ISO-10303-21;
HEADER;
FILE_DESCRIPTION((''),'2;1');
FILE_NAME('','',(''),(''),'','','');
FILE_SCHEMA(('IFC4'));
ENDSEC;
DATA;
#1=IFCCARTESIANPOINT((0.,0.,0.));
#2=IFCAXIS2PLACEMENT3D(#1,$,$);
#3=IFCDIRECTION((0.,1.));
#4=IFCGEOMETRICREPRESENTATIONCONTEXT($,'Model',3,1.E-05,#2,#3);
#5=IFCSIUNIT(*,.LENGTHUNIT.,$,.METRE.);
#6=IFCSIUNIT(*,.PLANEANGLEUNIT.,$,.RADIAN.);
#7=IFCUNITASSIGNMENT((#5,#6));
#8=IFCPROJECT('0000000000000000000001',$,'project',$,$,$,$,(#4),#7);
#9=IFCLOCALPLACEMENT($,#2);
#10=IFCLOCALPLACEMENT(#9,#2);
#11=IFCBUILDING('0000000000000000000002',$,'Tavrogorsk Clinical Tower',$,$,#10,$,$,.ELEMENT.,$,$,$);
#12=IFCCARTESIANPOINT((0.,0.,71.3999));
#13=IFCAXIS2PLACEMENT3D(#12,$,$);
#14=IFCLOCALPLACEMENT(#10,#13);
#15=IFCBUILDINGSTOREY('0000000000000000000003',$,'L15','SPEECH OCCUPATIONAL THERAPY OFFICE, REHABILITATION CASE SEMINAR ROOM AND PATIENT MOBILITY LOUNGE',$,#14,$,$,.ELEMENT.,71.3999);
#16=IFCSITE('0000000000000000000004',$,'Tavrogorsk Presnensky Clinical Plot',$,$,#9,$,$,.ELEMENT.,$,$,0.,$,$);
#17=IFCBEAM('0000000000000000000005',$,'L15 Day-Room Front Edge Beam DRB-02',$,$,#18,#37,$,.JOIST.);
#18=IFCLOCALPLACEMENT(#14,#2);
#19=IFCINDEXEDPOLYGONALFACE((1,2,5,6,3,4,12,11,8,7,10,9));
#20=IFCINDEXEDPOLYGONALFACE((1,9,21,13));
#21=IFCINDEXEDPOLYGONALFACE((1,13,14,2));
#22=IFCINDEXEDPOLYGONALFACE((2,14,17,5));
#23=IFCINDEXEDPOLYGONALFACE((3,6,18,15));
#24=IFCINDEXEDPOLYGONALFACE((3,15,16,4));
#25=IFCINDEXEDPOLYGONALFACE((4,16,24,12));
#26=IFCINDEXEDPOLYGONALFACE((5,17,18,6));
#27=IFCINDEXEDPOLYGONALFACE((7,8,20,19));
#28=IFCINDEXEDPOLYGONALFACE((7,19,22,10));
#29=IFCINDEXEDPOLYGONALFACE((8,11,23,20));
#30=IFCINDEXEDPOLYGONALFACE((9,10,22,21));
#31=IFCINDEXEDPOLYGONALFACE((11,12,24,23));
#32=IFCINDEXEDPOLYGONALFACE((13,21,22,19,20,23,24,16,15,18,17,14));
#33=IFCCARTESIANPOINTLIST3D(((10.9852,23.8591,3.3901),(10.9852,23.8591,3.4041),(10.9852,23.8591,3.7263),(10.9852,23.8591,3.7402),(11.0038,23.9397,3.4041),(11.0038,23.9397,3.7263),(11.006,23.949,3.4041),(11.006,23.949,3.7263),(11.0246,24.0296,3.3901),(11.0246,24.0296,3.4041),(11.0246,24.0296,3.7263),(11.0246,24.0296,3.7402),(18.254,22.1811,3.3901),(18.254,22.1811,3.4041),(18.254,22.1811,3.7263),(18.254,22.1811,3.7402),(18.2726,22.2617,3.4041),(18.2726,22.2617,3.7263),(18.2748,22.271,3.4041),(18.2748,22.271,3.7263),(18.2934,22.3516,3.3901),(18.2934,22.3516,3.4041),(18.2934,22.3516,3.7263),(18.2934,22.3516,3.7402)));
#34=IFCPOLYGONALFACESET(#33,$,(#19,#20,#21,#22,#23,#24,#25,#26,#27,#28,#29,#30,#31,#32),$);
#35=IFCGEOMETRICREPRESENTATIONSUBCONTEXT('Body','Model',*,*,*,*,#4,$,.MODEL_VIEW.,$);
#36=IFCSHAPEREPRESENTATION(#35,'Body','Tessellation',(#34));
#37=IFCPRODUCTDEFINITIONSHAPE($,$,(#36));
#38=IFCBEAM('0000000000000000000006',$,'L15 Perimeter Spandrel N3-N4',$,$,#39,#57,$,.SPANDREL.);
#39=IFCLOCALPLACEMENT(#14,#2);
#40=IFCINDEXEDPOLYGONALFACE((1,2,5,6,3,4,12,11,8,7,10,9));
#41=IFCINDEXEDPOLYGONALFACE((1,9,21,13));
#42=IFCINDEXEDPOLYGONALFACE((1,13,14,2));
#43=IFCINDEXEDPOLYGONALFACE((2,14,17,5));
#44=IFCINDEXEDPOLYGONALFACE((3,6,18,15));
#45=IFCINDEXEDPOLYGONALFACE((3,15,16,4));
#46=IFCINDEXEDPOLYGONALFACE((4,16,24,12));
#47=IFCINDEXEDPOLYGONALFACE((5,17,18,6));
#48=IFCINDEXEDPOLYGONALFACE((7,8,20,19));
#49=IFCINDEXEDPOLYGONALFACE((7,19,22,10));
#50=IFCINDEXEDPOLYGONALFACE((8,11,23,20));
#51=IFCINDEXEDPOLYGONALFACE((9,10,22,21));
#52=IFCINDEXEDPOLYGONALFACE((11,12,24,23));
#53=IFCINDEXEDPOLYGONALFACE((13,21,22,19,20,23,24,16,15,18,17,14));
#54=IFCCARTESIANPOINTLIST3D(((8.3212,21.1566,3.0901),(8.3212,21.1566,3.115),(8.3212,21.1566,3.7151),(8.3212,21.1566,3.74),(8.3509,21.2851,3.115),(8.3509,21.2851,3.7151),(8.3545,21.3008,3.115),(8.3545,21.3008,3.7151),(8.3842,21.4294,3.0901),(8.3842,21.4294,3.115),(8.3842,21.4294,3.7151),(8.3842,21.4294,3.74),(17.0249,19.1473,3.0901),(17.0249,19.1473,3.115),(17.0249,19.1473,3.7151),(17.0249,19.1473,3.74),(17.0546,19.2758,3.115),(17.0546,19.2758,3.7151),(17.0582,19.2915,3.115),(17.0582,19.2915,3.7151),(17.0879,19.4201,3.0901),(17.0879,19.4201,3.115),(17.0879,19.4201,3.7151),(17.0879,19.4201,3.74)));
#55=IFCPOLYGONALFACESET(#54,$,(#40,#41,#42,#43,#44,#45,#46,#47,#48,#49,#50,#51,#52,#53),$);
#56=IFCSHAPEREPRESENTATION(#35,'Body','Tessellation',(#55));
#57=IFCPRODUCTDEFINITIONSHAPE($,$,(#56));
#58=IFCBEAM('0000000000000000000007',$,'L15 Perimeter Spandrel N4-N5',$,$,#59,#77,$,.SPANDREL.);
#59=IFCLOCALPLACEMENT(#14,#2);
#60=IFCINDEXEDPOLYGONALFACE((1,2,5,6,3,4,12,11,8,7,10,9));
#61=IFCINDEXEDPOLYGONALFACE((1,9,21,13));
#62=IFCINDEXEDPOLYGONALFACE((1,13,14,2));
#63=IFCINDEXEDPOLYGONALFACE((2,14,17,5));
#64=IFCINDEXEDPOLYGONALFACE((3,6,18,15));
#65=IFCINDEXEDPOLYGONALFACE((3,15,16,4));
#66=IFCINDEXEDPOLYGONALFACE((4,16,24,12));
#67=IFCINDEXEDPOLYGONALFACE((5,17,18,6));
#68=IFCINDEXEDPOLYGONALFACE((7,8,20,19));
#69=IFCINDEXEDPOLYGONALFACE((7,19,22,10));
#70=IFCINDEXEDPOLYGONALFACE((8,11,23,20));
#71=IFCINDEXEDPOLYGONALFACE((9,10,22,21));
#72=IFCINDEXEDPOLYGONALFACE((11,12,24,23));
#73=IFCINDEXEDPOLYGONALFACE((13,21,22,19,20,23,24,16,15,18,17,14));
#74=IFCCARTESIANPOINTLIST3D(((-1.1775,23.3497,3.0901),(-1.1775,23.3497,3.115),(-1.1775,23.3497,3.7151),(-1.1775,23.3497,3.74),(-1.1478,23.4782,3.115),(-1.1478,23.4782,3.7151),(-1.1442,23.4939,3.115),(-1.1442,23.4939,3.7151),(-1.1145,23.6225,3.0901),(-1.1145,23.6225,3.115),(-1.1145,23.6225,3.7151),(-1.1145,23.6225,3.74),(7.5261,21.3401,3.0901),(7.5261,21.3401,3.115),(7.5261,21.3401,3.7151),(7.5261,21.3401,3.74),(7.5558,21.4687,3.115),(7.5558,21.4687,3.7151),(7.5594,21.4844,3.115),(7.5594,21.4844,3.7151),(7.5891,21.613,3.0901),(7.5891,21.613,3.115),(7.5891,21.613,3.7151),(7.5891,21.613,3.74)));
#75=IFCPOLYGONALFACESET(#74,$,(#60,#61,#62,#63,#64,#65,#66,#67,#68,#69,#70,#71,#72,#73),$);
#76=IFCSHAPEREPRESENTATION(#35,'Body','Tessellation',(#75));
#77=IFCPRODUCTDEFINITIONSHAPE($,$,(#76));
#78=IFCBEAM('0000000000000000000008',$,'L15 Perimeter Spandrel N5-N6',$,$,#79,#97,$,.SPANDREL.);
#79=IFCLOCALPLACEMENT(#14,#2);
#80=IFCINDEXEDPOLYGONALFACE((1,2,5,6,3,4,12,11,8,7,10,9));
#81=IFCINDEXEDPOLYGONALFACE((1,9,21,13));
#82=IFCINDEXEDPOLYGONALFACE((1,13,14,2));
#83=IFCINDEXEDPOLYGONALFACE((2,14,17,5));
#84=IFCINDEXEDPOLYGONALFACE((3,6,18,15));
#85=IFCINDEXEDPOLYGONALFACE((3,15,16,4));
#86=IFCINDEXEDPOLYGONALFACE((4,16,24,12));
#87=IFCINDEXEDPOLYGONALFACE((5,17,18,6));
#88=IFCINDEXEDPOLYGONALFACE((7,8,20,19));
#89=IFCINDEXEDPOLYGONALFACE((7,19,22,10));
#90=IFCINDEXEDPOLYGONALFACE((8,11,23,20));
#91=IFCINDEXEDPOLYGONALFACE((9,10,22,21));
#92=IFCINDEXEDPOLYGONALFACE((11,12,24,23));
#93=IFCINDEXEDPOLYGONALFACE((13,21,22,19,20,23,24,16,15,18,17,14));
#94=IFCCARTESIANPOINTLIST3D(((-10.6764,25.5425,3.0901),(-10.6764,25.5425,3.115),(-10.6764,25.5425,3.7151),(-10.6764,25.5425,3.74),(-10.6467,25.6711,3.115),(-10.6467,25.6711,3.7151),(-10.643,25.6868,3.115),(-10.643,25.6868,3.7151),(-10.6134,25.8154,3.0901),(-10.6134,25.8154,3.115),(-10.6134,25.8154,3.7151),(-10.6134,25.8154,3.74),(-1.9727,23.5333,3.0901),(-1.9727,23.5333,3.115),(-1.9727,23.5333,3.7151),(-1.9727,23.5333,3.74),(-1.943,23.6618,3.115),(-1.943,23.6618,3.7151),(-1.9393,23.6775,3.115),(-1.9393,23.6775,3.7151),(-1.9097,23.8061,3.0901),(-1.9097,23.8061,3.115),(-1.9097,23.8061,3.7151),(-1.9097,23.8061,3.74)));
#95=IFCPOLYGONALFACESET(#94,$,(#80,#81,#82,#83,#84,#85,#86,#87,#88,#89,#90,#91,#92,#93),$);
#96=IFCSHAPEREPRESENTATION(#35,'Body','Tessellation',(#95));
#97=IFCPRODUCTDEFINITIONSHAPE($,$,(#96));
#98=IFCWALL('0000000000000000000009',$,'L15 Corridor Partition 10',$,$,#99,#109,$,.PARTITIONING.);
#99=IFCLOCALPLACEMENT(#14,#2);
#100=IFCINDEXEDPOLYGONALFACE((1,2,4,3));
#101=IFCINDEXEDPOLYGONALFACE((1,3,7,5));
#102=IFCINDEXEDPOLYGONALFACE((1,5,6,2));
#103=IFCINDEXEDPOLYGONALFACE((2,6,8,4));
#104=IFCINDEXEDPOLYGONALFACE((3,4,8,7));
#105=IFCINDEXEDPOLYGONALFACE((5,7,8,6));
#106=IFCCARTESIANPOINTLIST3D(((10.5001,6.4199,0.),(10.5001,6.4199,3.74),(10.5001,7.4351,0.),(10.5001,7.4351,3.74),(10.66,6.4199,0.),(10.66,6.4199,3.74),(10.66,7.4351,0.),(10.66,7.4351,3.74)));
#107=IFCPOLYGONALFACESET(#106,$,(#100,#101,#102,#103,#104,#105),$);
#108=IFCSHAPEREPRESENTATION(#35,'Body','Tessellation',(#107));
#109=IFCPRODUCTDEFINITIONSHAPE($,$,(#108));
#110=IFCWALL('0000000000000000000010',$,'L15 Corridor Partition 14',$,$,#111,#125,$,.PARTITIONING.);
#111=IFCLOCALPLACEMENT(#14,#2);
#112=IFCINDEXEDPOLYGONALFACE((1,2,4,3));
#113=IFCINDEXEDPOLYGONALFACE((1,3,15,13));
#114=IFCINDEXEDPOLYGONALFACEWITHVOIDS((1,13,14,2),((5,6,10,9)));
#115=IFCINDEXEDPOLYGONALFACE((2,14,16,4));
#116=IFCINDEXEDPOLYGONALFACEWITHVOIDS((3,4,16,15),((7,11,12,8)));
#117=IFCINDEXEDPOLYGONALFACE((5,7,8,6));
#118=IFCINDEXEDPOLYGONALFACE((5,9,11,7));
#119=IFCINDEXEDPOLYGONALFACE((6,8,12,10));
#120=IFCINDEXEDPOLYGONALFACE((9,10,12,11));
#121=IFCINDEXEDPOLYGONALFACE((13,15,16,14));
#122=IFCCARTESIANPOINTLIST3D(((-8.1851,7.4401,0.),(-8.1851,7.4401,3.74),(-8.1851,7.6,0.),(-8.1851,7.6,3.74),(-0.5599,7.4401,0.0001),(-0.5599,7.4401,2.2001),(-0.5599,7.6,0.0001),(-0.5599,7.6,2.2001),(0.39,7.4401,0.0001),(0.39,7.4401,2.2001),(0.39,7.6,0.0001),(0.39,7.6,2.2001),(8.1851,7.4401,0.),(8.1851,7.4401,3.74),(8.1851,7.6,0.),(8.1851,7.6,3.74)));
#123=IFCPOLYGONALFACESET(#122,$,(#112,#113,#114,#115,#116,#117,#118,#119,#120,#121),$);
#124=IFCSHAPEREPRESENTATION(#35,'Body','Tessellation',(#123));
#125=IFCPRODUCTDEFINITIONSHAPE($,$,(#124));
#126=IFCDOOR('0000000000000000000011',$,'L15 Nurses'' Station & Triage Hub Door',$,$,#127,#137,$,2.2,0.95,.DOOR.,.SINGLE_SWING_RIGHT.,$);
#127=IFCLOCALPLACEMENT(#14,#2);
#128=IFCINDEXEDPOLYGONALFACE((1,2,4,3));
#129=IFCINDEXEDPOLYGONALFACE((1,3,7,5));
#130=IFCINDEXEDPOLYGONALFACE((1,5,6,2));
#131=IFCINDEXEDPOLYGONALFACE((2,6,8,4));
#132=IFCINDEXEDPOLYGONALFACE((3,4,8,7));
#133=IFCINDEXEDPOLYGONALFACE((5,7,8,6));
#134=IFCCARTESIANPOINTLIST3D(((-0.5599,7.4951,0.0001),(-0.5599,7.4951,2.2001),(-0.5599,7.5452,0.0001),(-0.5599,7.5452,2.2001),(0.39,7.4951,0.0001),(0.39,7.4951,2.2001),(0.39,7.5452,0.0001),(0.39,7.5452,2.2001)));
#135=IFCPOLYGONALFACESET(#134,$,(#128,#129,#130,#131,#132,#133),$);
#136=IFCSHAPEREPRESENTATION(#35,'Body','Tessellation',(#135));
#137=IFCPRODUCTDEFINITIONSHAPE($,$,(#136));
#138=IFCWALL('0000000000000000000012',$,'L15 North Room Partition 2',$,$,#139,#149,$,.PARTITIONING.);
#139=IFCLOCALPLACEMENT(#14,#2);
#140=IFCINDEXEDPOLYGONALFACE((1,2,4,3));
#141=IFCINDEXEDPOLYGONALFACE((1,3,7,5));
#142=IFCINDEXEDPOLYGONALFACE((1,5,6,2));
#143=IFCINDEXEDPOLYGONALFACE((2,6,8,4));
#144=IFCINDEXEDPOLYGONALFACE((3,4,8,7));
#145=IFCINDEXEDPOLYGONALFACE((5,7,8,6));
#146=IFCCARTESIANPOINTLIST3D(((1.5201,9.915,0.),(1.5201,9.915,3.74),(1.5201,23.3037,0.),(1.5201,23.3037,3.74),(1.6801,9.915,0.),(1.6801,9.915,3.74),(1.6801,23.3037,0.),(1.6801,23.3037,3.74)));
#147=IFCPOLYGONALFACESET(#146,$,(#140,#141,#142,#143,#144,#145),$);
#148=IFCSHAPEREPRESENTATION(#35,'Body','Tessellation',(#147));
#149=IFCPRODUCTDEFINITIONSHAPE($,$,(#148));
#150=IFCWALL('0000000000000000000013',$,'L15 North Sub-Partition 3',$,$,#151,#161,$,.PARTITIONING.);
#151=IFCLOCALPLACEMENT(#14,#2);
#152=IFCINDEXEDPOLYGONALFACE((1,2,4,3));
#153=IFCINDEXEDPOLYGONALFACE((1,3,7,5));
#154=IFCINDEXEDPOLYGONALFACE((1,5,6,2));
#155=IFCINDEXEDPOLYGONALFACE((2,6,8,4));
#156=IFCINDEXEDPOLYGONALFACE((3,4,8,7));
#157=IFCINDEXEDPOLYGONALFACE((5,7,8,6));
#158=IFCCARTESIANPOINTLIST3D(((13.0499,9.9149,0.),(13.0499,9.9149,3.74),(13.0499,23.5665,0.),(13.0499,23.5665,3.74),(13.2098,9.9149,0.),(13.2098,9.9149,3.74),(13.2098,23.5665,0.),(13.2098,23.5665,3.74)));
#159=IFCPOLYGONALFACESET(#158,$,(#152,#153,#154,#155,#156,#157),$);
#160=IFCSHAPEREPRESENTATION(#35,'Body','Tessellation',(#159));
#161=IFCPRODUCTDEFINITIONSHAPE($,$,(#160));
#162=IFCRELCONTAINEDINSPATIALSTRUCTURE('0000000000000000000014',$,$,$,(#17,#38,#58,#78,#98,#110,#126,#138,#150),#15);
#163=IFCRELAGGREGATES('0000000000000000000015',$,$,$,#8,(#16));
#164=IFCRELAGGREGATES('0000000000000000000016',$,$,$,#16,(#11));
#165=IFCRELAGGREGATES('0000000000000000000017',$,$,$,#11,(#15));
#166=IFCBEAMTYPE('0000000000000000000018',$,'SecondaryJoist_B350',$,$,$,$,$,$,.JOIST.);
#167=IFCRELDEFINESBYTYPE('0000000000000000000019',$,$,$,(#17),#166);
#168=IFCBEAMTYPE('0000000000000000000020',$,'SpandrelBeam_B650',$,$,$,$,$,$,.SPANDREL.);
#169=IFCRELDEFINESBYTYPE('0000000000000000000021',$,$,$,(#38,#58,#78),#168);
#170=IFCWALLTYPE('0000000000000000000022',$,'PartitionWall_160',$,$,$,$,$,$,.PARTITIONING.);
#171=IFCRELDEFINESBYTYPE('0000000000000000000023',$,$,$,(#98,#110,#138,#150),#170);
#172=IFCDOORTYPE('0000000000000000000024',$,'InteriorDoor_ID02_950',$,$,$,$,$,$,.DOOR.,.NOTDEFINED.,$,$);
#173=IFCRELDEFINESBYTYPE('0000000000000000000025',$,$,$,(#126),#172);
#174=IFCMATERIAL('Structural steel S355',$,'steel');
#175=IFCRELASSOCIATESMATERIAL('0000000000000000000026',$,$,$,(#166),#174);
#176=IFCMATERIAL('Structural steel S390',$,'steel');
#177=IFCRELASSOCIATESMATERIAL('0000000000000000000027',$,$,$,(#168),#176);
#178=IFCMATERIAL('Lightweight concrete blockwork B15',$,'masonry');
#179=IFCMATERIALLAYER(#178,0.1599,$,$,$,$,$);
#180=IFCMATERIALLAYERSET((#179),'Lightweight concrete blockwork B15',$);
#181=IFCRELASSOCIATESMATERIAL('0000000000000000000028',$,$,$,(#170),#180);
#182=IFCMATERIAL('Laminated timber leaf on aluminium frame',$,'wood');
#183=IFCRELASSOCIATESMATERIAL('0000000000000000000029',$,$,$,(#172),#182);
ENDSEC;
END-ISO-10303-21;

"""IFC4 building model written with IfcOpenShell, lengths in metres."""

from ifc_helpers import new_model, si_unit, direction, frame, frame_2d, origin, origin_2d, place, context, subcontext, project, spatial, rectangle, i_section, extrude, material, layer, layer_set, material_profile, profile_set, type_object, element, fill, save


model = new_model("IFC4")

# Units and contexts
model_context = context("Model", 3, precision=1e-05, world=origin(), true_north=direction((0.0, 1.0)))
body_context = subcontext(model_context, "Body", "Model", "MODEL_VIEW")
ifc_project = project(units=[si_unit("LENGTHUNIT", "METRE"), si_unit("PLANEANGLEUNIT", "RADIAN")], contexts=[model_context])

# Site, building, storey
site_placement = place(None, origin())
site = spatial("IfcSite", under=ifc_project, at=site_placement, Name="Tavrogorsk Presnensky Clinical Plot", CompositionType="ELEMENT", RefElevation=0.0)
building_placement = place(site_placement, origin())
building = spatial("IfcBuilding", under=site, at=building_placement, Name="Tavrogorsk Clinical Tower", CompositionType="ELEMENT")
storey_placement = place(building_placement, frame((0.0, 0.0, 71.3999)))
storey = spatial("IfcBuildingStorey", under=building, at=storey_placement, Name="L15", Description="SPEECH OCCUPATIONAL THERAPY OFFICE, REHABILITATION CASE SEMINAR ROOM AND PATIENT MOBILITY LOUNGE", CompositionType="ELEMENT", Elevation=71.3999)

# Beams
ifc_material_1 = material(Name="Structural steel S355", Category="steel")
ifc_material_profile_1 = material_profile(ifc_material_1, i_section(OverallWidth=0.175, OverallDepth=0.3501, WebThickness=0.0095, FlangeThickness=0.0139, at=origin_2d()), Name="B-350x175x9.5x14")
ifc_profile_set_1 = profile_set([ifc_material_profile_1], Name="Structural steel S355")
beam_type_1 = type_object("IfcBeamType", Name="SecondaryJoist_B350", PredefinedType="JOIST", material=ifc_profile_set_1)
beam_1_placement = place(storey_placement, frame((11.0049, 23.9443, 3.5652), z_axis=(0.974375, -0.224931, 0.0), x_axis=(0.224931, 0.974375, 0.0)))
element("IfcBeam", 1, at=beam_1_placement, inside=storey, type_object=beam_type_1, Name="L15 Day-Room Front Edge Beam DRB-02", PredefinedType="JOIST", context=body_context, shape_type="SweptSolid", body=[
    extrude(i_section(OverallWidth=0.175, OverallDepth=0.3501, WebThickness=0.0095, FlangeThickness=0.0139, at=origin_2d()), origin(), (0.0, 0.0, 1.0), 7.46),
])
ifc_material_2 = material(Name="Structural steel S390", Category="steel")
ifc_material_profile_2 = material_profile(ifc_material_2, i_section(OverallWidth=0.28, OverallDepth=0.6499, WebThickness=0.0161, FlangeThickness=0.0249, at=origin_2d()), Name="B-650x280x16x25")
ifc_profile_set_2 = profile_set([ifc_material_profile_2], Name="Structural steel S390")
beam_type_2 = type_object("IfcBeamType", Name="SpandrelBeam_B650", PredefinedType="SPANDREL", material=ifc_profile_set_2)
for number, where, z_axis, x_axis, name in (
    (2, (17.0564, 19.2837, 3.415), (-0.974373, 0.224939, 0.0), (-0.224939, -0.974373, 0.0), "L15 Perimeter Spandrel N3-N4"),
    (3, (7.5576, 21.4766, 3.415), (-0.974367, 0.224965, 0.0), (-0.224965, -0.974367, 0.0), "L15 Perimeter Spandrel N4-N5"),
    (4, (-1.9412, 23.6697, 3.415), (-0.974373, 0.224939, 0.0), (-0.224939, -0.974373, 0.0), "L15 Perimeter Spandrel N5-N6"),
):
    element("IfcBeam", number, at=place(storey_placement, frame(where, z_axis=z_axis, x_axis=x_axis)), inside=storey, type_object=beam_type_2, Name=name, PredefinedType="SPANDREL", context=body_context, shape_type="SweptSolid", body=[
        extrude(i_section(OverallWidth=0.28, OverallDepth=0.6499, WebThickness=0.0161, FlangeThickness=0.0249, at=origin_2d()), origin(), (0.0, 0.0, 1.0), 8.9326),
    ])

# Wall
ifc_material_3 = material(Name="Lightweight concrete blockwork B15", Category="masonry")
ifc_layer_1 = layer(ifc_material_3, 0.1599)
ifc_layer_set_1 = layer_set([ifc_layer_1], Name="Lightweight concrete blockwork B15")
wall_type_1 = type_object("IfcWallType", Name="PartitionWall_160", PredefinedType="PARTITIONING", material=ifc_layer_set_1)
wall_1_placement = place(storey_placement, frame((10.5801, 7.4351, 0.0), z_axis=(0.0, 0.0, 1.0), x_axis=(0.0, -1.0, 0.0)))
element("IfcWall", 5, at=wall_1_placement, inside=storey, type_object=wall_type_1, Name="L15 Corridor Partition 10", PredefinedType="PARTITIONING", context=body_context, shape_type="SweptSolid", body=[
    extrude(rectangle(XDim=1.0151, YDim=0.1599, at=frame_2d((0.5076, 0.0))), origin(), (0.0, 0.0, 1.0), 3.74),
])

# Wall, opening, door
wall_2_placement = place(storey_placement, frame((8.1851, 7.52, 0.0), z_axis=(0.0, 0.0, 1.0), x_axis=(-1.0, 0.0, 0.0)))
wall_2 = element("IfcWall", 6, at=wall_2_placement, inside=storey, type_object=wall_type_1, Name="L15 Corridor Partition 14", PredefinedType="PARTITIONING", context=body_context, shape_type="SweptSolid", body=[
    extrude(rectangle(XDim=16.3701, YDim=0.1599, at=frame_2d((8.1851, 0.0))), origin(), (0.0, 0.0, 1.0), 3.74),
])
opening_1_placement = place(wall_2_placement, frame((7.7949, 0.0, 0.0)))
opening_1 = element("IfcOpeningElement", 7, at=opening_1_placement, cuts=wall_2, PredefinedType="OPENING", context=body_context, shape_type="SweptSolid", body=[
    extrude(rectangle(XDim=0.95, YDim=2.2, at=frame_2d((0.4751, 1.1001))), frame((0.0, 0.0898, 0.0), z_axis=(0.0, -1.0, 0.0), x_axis=(1.0, 0.0, 0.0)), (0.0, 0.0, 1.0), 0.1799),
])
ifc_material_4 = material(Name="Laminated timber leaf on aluminium frame", Category="wood")
door_type = type_object("IfcDoorType", Name="InteriorDoor_ID02_950", OperationType="NOTDEFINED", PredefinedType="DOOR", material=ifc_material_4)
door_placement = place(opening_1_placement, origin())
door = element("IfcDoor", 8, at=door_placement, inside=storey, type_object=door_type, Name="L15 Nurses' Station & Triage Hub Door", OperationType="SINGLE_SWING_RIGHT", OverallHeight=2.2, OverallWidth=0.95, PredefinedType="DOOR", context=body_context, shape_type="SweptSolid", body=[
    extrude(rectangle(XDim=0.95, YDim=2.2, at=frame_2d((0.4751, 1.1001))), frame((0.0, 0.0249, 0.0), z_axis=(0.0, -1.0, 0.0), x_axis=(1.0, 0.0, 0.0)), (0.0, 0.0, 1.0), 0.05),
])
fill(opening_1, door)

# Walls
wall_3_placement = place(storey_placement, frame((1.6001, 9.915, 0.0), z_axis=(0.0, 0.0, 1.0), x_axis=(0.0, 1.0, 0.0)))
element("IfcWall", 9, at=wall_3_placement, inside=storey, type_object=wall_type_1, Name="L15 North Room Partition 2", PredefinedType="PARTITIONING", context=body_context, shape_type="SweptSolid", body=[
    extrude(rectangle(XDim=13.3887, YDim=0.1599, at=frame_2d((6.6943, 0.0))), origin(), (0.0, 0.0, 1.0), 3.74),
])
wall_4_placement = place(storey_placement, frame((13.1299, 9.915, 0.0), z_axis=(0.0, 0.0, 1.0), x_axis=(0.0, 1.0, 0.0)))
element("IfcWall", 10, at=wall_4_placement, inside=storey, type_object=wall_type_1, Name="L15 North Sub-Partition 3", PredefinedType="PARTITIONING", context=body_context, shape_type="SweptSolid", body=[
    extrude(rectangle(XDim=13.6516, YDim=0.1599, at=frame_2d((6.8257, 0.0))), origin(), (0.0, 0.0, 1.0), 3.74),
])

save(model, "model.ifc")
